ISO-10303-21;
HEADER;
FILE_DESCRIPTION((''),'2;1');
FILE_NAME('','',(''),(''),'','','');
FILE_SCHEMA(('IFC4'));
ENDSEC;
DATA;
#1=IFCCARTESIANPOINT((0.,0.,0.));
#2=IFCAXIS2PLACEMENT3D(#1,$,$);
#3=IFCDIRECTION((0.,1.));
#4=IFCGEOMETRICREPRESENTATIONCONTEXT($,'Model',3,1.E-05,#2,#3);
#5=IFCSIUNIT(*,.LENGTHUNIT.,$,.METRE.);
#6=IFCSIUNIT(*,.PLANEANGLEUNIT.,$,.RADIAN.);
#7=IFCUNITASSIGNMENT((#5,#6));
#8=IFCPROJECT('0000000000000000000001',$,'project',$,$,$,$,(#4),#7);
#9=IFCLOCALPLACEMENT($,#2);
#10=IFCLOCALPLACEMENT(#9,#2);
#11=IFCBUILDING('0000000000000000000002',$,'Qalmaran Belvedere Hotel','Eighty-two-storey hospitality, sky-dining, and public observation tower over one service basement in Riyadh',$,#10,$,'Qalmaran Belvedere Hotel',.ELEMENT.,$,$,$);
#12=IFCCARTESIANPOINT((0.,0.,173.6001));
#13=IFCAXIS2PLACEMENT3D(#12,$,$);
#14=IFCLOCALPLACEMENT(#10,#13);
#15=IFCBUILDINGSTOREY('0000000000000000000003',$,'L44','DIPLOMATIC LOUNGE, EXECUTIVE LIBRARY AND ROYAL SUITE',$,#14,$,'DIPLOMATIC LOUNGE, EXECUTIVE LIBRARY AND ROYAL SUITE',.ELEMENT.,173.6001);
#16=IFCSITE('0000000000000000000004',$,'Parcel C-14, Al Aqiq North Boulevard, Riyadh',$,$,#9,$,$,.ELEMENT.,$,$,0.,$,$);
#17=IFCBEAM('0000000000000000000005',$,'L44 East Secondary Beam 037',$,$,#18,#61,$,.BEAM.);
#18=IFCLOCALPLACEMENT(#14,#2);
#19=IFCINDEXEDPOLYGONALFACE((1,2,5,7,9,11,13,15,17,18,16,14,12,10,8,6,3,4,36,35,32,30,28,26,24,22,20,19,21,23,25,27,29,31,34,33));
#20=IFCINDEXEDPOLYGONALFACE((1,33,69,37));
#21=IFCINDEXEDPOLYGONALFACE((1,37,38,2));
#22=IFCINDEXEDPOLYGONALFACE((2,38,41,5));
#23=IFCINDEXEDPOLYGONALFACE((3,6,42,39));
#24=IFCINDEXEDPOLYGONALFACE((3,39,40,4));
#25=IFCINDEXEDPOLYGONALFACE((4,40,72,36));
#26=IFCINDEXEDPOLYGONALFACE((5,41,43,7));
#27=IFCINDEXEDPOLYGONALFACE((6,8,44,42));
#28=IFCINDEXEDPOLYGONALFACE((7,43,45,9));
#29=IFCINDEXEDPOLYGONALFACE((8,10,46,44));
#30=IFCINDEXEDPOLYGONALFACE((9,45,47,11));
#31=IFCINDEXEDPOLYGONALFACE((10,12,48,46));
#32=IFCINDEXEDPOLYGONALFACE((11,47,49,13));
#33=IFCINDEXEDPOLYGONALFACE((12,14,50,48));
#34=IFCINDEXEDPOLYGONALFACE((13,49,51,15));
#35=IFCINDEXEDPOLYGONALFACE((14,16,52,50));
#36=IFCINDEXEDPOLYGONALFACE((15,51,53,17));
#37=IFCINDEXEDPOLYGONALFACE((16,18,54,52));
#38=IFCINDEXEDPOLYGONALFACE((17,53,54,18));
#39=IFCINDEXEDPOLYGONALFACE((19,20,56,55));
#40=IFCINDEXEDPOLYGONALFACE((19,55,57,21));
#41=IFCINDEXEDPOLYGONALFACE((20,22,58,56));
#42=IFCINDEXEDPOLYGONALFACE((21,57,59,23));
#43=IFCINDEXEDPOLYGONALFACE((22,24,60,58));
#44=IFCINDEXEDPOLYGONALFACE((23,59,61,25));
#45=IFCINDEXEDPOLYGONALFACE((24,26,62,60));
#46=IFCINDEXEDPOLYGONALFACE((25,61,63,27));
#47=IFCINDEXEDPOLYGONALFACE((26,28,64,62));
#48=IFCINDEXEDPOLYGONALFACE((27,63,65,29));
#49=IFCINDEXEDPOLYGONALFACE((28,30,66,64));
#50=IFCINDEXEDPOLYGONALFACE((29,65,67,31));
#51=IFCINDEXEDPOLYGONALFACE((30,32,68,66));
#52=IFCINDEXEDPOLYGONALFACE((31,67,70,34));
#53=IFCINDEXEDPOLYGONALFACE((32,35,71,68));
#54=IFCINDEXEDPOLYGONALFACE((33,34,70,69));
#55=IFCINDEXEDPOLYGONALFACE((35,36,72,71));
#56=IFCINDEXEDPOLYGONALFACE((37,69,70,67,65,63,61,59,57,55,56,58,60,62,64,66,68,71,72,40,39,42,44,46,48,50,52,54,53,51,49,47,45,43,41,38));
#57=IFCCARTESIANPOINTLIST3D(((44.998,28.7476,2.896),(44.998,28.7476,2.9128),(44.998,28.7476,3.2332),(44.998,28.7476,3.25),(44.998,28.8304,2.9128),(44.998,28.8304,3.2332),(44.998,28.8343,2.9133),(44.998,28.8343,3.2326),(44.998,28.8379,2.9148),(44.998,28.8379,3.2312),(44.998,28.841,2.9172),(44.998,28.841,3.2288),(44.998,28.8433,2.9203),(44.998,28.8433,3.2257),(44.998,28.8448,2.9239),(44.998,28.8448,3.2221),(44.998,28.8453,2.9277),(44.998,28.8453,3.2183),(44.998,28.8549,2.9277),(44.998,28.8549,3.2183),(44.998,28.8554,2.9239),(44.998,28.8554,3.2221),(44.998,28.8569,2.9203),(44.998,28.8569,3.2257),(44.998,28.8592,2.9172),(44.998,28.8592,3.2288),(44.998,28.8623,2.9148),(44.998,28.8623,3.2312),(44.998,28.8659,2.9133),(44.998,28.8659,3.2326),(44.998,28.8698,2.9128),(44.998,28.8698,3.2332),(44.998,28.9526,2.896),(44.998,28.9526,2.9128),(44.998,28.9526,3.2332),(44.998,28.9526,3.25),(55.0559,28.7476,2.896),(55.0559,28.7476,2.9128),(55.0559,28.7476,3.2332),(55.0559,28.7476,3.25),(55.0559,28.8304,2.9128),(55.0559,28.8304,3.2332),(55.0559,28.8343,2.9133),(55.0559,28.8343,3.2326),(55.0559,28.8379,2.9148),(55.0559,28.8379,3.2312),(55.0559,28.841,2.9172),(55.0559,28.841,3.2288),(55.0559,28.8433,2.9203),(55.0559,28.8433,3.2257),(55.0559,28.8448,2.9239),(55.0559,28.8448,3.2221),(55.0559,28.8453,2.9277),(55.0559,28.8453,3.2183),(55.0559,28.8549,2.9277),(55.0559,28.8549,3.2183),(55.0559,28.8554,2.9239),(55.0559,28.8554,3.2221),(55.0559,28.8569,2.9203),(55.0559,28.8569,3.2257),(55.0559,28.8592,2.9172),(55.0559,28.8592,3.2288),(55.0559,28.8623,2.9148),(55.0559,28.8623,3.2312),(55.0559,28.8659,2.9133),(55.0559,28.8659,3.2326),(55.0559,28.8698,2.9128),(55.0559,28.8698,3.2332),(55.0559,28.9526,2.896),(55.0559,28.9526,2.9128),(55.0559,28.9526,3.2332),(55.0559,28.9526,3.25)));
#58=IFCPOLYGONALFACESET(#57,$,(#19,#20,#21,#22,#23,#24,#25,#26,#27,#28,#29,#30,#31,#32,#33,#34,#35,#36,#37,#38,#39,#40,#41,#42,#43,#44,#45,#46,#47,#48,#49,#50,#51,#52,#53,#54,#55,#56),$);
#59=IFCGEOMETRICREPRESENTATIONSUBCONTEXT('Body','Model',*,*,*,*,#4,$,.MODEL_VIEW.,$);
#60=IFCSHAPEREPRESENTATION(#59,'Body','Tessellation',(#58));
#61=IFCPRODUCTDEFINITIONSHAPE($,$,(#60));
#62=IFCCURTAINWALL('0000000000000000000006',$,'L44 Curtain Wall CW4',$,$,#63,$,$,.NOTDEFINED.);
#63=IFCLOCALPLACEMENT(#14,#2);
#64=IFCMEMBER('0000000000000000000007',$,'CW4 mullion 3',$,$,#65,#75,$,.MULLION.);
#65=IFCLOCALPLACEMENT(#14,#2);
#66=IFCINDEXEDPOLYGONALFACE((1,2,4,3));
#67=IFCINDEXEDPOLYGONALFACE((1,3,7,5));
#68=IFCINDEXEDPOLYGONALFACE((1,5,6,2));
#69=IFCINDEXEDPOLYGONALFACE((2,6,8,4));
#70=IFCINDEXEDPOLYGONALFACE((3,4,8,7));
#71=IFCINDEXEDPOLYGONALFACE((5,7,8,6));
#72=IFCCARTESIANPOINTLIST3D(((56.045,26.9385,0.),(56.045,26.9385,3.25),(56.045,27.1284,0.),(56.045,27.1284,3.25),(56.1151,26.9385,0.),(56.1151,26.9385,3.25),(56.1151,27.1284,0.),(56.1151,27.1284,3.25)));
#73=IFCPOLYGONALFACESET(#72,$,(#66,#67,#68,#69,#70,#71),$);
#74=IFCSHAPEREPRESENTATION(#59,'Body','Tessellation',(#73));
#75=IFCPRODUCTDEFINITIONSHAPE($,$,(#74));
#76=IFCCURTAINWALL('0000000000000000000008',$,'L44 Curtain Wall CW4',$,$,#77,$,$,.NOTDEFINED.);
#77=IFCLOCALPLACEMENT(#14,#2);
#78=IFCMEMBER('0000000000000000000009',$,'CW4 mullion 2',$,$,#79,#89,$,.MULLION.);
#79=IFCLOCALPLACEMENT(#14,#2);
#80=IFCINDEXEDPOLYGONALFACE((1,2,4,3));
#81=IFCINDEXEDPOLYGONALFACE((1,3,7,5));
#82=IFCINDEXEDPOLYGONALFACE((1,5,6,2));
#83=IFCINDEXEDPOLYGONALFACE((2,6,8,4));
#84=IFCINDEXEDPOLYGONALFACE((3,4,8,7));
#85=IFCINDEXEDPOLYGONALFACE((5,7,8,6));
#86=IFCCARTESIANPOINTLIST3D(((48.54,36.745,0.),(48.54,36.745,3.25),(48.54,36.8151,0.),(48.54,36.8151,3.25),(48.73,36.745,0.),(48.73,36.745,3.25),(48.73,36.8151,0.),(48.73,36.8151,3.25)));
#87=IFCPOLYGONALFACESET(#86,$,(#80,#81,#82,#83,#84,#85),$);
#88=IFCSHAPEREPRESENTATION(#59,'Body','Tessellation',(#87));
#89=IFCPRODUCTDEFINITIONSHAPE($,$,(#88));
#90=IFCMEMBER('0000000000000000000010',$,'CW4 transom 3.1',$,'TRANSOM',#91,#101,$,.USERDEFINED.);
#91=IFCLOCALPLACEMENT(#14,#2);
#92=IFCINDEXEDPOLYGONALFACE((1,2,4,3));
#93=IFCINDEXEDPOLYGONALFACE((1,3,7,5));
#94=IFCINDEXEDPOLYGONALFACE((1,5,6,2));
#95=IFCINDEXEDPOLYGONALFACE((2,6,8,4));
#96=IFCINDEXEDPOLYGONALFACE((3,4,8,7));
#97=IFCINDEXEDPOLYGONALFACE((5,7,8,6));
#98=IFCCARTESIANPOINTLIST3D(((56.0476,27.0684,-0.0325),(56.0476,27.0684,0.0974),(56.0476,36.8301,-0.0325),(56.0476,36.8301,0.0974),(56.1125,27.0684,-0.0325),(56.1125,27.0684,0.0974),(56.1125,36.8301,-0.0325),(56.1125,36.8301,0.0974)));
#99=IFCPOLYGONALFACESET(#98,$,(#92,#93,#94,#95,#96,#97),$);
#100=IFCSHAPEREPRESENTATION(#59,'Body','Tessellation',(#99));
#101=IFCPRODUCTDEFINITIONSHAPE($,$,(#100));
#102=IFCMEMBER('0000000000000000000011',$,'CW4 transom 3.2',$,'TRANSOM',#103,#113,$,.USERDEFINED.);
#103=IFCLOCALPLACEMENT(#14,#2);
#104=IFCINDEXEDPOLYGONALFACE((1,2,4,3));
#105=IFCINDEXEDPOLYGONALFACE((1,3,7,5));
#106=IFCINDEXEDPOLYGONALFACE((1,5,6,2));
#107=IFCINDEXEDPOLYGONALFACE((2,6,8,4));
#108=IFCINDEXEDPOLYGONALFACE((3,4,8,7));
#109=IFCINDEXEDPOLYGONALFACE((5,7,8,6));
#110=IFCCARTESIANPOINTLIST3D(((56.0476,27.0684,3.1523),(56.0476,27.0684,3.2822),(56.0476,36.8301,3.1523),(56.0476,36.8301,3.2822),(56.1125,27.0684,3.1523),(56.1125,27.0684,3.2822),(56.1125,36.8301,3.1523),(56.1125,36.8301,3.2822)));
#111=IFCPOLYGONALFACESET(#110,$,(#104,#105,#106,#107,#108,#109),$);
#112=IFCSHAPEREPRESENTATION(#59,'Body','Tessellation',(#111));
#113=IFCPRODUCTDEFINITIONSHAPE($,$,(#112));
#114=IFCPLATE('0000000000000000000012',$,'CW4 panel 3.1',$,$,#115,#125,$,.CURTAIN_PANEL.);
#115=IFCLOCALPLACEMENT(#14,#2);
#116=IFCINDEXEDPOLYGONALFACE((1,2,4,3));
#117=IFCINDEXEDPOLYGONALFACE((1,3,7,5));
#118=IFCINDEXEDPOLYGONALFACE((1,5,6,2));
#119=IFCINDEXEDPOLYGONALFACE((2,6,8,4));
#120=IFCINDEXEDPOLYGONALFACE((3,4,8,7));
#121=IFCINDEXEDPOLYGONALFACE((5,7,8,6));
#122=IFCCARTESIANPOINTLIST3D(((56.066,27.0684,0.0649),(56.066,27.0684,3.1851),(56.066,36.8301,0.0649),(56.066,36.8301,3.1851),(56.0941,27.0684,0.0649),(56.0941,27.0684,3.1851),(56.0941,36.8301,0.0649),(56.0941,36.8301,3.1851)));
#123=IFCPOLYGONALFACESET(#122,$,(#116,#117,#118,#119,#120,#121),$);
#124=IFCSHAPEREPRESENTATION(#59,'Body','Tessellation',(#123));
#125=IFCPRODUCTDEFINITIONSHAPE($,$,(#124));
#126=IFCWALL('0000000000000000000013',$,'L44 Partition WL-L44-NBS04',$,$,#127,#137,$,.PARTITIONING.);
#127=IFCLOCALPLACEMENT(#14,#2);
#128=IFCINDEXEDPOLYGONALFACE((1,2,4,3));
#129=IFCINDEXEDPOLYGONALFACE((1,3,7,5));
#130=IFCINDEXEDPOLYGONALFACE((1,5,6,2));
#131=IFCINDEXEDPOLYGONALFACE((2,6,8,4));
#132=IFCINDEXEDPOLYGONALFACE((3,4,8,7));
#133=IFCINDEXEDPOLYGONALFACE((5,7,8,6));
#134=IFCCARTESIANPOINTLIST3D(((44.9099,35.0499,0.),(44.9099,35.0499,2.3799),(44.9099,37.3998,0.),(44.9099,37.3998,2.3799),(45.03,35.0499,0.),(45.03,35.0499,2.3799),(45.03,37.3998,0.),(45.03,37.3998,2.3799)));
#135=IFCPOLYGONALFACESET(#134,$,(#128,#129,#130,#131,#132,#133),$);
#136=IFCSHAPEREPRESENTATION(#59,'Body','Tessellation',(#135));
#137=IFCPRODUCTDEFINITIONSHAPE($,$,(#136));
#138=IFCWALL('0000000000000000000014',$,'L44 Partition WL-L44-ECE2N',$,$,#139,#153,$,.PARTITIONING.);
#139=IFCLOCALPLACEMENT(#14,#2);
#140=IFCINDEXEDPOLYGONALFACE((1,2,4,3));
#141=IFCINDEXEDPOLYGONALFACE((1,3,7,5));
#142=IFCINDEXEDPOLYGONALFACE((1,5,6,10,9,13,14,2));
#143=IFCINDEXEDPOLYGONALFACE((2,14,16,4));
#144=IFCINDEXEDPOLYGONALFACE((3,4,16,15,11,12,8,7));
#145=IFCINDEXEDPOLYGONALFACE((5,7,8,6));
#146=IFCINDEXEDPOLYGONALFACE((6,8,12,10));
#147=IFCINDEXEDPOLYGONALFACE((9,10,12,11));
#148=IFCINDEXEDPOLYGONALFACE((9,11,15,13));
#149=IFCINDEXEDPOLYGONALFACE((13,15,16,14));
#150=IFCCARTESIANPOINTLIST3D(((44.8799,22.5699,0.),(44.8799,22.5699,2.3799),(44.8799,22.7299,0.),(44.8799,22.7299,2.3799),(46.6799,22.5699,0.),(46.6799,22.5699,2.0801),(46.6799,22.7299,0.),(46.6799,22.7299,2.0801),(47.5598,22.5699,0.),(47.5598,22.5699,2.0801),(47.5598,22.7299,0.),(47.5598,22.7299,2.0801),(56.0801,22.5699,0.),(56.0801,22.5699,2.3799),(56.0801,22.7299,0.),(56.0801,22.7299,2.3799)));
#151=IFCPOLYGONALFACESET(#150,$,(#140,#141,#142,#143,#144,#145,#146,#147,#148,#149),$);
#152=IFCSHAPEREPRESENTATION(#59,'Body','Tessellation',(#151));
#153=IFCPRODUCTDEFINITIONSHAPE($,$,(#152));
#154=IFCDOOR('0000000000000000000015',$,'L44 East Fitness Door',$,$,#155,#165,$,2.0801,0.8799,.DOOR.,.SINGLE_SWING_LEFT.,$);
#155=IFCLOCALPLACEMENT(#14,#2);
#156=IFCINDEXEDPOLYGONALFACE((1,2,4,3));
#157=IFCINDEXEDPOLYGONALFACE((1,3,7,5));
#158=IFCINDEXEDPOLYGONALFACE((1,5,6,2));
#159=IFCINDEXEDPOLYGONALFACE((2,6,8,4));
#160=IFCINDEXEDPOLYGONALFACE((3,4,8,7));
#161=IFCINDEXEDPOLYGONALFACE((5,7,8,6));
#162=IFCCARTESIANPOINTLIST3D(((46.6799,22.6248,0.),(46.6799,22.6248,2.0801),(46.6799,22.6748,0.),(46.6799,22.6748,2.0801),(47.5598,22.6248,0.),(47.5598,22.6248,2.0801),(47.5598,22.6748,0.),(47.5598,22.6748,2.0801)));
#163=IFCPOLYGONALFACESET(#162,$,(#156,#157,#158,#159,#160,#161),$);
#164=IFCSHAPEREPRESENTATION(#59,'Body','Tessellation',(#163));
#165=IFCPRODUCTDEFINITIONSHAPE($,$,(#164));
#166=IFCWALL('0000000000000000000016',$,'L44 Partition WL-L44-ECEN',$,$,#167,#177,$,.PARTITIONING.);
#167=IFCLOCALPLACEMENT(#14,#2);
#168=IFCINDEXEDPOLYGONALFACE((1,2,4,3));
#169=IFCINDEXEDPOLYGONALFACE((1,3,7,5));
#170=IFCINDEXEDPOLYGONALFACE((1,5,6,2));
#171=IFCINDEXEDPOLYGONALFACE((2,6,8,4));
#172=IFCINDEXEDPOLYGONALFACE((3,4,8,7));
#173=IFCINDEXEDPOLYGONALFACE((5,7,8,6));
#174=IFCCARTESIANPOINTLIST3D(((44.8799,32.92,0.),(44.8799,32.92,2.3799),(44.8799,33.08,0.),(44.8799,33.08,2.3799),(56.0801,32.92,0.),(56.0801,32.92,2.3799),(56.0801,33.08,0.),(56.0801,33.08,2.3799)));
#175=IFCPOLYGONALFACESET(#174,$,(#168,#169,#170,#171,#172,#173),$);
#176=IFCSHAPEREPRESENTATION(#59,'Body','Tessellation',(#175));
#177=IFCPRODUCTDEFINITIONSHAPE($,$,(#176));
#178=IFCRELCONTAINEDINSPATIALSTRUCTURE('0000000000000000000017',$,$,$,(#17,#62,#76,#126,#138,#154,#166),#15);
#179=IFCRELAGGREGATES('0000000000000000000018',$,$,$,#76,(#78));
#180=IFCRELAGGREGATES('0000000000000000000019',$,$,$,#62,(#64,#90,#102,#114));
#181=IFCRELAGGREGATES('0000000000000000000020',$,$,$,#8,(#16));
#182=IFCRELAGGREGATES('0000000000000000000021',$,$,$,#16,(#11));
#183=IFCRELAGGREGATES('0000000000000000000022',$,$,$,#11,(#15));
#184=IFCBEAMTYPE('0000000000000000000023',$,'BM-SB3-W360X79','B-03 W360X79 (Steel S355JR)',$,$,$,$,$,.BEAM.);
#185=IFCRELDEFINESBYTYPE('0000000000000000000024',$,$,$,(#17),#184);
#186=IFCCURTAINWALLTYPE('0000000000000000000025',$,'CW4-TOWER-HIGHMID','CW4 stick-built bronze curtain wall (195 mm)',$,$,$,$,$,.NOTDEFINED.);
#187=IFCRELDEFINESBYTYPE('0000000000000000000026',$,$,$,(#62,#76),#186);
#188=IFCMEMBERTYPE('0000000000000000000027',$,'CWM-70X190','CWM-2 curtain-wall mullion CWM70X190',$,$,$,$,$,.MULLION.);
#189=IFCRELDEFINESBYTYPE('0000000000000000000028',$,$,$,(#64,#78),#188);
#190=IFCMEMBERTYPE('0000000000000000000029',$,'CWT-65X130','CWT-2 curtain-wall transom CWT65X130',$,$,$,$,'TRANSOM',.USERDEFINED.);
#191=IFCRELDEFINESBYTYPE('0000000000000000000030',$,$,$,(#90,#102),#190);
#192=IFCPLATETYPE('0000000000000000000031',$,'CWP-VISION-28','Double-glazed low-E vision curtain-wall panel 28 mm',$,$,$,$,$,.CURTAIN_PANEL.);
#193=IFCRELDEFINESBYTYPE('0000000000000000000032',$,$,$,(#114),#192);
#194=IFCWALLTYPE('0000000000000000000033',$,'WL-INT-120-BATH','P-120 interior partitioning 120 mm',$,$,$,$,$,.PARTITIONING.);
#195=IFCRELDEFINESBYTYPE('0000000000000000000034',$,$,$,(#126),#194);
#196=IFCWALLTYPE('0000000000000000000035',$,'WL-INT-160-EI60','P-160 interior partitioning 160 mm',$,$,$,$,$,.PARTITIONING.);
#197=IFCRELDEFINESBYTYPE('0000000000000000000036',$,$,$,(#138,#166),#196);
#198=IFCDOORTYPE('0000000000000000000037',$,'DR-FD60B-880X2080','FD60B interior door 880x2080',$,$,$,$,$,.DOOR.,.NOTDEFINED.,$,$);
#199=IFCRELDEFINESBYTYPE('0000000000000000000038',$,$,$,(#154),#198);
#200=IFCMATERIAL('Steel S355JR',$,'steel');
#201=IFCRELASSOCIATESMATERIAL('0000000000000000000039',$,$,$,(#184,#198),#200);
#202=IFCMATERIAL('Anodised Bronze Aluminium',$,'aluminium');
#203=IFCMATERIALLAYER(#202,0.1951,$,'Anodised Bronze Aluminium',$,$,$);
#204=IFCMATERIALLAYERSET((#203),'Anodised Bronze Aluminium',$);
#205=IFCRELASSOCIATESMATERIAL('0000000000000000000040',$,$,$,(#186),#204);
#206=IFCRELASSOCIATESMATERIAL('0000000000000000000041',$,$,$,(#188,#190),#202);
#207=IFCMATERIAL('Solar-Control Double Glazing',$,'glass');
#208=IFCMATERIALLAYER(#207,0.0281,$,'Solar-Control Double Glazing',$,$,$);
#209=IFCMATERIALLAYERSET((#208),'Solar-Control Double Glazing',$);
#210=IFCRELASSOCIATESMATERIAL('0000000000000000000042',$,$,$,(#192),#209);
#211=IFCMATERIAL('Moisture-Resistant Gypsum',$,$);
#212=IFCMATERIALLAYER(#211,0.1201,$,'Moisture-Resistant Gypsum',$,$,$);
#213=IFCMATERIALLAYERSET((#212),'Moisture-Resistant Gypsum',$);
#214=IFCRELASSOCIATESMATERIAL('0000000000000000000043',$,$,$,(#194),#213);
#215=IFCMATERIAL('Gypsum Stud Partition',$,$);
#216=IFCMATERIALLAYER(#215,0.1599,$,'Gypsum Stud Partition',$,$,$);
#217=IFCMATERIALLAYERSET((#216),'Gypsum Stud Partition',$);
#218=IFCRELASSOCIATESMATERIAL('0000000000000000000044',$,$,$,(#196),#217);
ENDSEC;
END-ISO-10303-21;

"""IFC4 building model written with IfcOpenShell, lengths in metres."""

from ifc_helpers import new_model, si_unit, direction, frame, frame_2d, origin, origin_2d, place, context, subcontext, project, spatial, rectangle, i_section, extrude, material, layer, layer_set, material_profile, profile_set, type_object, element, fill, aggregate, save


model = new_model("IFC4")

# Units and contexts
model_context = context("Model", 3, precision=1e-05, world=origin(), true_north=direction((0.0, 1.0)))
body_context = subcontext(model_context, "Body", "Model", "MODEL_VIEW")
ifc_project = project(units=[si_unit("LENGTHUNIT", "METRE"), si_unit("PLANEANGLEUNIT", "RADIAN")], contexts=[model_context])

# Site, building, storey
site_placement = place(None, origin())
site = spatial("IfcSite", under=ifc_project, at=site_placement, Name="Parcel C-14, Al Aqiq North Boulevard, Riyadh", CompositionType="ELEMENT", RefElevation=0.0)
building_placement = place(site_placement, origin())
building = spatial("IfcBuilding", under=site, at=building_placement, Name="Qalmaran Belvedere Hotel", Description="Eighty-two-storey hospitality, sky-dining, and public observation tower over one service basement in Riyadh", LongName="Qalmaran Belvedere Hotel", CompositionType="ELEMENT")
storey_placement = place(building_placement, frame((0.0, 0.0, 173.6001)))
storey = spatial("IfcBuildingStorey", under=building, at=storey_placement, Name="L44", Description="DIPLOMATIC LOUNGE, EXECUTIVE LIBRARY AND ROYAL SUITE", LongName="DIPLOMATIC LOUNGE, EXECUTIVE LIBRARY AND ROYAL SUITE", CompositionType="ELEMENT", Elevation=173.6001)

# Beam
ifc_material_1 = material(Name="Steel S355JR", Category="steel")
ifc_material_profile_1 = material_profile(ifc_material_1, i_section(OverallWidth=0.2051, OverallDepth=0.354, WebThickness=0.0095, FlangeThickness=0.0168, FilletRadius=0.0149, at=origin_2d()), Name="W360X79")
ifc_profile_set_1 = profile_set([ifc_material_profile_1], Name="Steel S355JR")
beam_type_1 = type_object("IfcBeamType", Name="BM-SB3-W360X79", Description="B-03 W360X79 (Steel S355JR)", PredefinedType="BEAM", material=ifc_profile_set_1)
for number, where, z_axis, x_axis, name in (
    (1, (44.998, 28.8501, 3.073), (1.0, 0.0, 0.0), (0.0, 1.0, 0.0), "L44 East Secondary Beam 037"),
):
    element("IfcBeam", number, at=place(storey_placement, frame(where, z_axis=z_axis, x_axis=x_axis)), inside=storey, type_object=beam_type_1, Name=name, PredefinedType="BEAM", context=body_context, shape_type="SweptSolid", body=[
        extrude(i_section(OverallWidth=0.2051, OverallDepth=0.354, WebThickness=0.0095, FlangeThickness=0.0168, FilletRadius=0.0149, at=origin_2d()), origin(), (0.0, 0.0, 1.0), 10.0579),
    ])

# Curtain walls, members
ifc_material_2 = material(Name="Anodised Bronze Aluminium", Category="aluminium")
ifc_layer_1 = layer(ifc_material_2, 0.1951, Name="Anodised Bronze Aluminium")
ifc_layer_set_1 = layer_set([ifc_layer_1], Name="Anodised Bronze Aluminium")
curtain_wall_type = type_object("IfcCurtainWallType", Name="CW4-TOWER-HIGHMID", Description="CW4 stick-built bronze curtain wall (195 mm)", PredefinedType="NOTDEFINED", material=ifc_layer_set_1)
curtain_wall_1_placement = place(storey_placement, origin())
curtain_wall_1 = element("IfcCurtainWall", 2, at=curtain_wall_1_placement, inside=storey, type_object=curtain_wall_type, Name="L44 Curtain Wall CW4", PredefinedType="NOTDEFINED")
ifc_material_profile_2 = material_profile(ifc_material_2, rectangle(XDim=0.0701, YDim=0.1899, at=origin_2d()), Name="CWM70X190")
ifc_profile_set_2 = profile_set([ifc_material_profile_2], Name="Anodised Bronze Aluminium")
member_type_1 = type_object("IfcMemberType", Name="CWM-70X190", Description="CWM-2 curtain-wall mullion CWM70X190", PredefinedType="MULLION", material=ifc_profile_set_2)
member_1_placement = place(storey_placement, frame((56.0801, 27.0334, 0.0), z_axis=(0.0, 0.0, 1.0), x_axis=(-1.0, 0.0, 0.0)))
member_1 = element("IfcMember", 3, at=member_1_placement, type_object=member_type_1, Name="CW4 mullion 3", PredefinedType="MULLION", context=body_context, shape_type="SweptSolid", body=[
    extrude(rectangle(XDim=0.0701, YDim=0.1899, at=origin_2d()), origin(), (0.0, 0.0, 1.0), 3.25),
])
curtain_wall_2_placement = place(storey_placement, origin())
curtain_wall_2 = element("IfcCurtainWall", 4, at=curtain_wall_2_placement, inside=storey, type_object=curtain_wall_type, Name="L44 Curtain Wall CW4", PredefinedType="NOTDEFINED")
member_2_placement = place(storey_placement, frame((48.635, 36.78, 0.0), z_axis=(0.0, 0.0, 1.0), x_axis=(0.0, -1.0, 0.0)))
member_2 = element("IfcMember", 5, at=member_2_placement, type_object=member_type_1, Name="CW4 mullion 2", PredefinedType="MULLION", context=body_context, shape_type="SweptSolid", body=[
    extrude(rectangle(XDim=0.0701, YDim=0.1899, at=origin_2d()), origin(), (0.0, 0.0, 1.0), 3.25),
])
aggregate(curtain_wall_2, [member_2])

# Members
ifc_material_profile_3 = material_profile(ifc_material_2, rectangle(XDim=0.0649, YDim=0.1299, at=origin_2d()), Name="CWT65X130")
ifc_profile_set_3 = profile_set([ifc_material_profile_3], Name="Anodised Bronze Aluminium")
member_type_2 = type_object("IfcMemberType", Name="CWT-65X130", Description="CWT-2 curtain-wall transom CWT65X130", ElementType="TRANSOM", PredefinedType="USERDEFINED", material=ifc_profile_set_3)
member_3_placement = place(storey_placement, frame((56.0801, 27.0684, 0.0325), z_axis=(0.0, 1.0, 0.0), x_axis=(-1.0, 0.0, 0.0)))
member_3 = element("IfcMember", 6, at=member_3_placement, type_object=member_type_2, Name="CW4 transom 3.1", ObjectType="TRANSOM", PredefinedType="USERDEFINED", context=body_context, shape_type="SweptSolid", body=[
    extrude(rectangle(XDim=0.0649, YDim=0.1299, at=origin_2d()), origin(), (0.0, 0.0, 1.0), 9.7617),
])
member_4_placement = place(storey_placement, frame((56.0801, 27.0684, 3.2173), z_axis=(0.0, 1.0, 0.0), x_axis=(-1.0, 0.0, 0.0)))
member_4 = element("IfcMember", 7, at=member_4_placement, type_object=member_type_2, Name="CW4 transom 3.2", ObjectType="TRANSOM", PredefinedType="USERDEFINED", context=body_context, shape_type="SweptSolid", body=[
    extrude(rectangle(XDim=0.0649, YDim=0.1299, at=origin_2d()), origin(), (0.0, 0.0, 1.0), 9.7617),
])

# Plate
ifc_material_3 = material(Name="Solar-Control Double Glazing", Category="glass")
ifc_layer_2 = layer(ifc_material_3, 0.0281, Name="Solar-Control Double Glazing")
ifc_layer_set_2 = layer_set([ifc_layer_2], Name="Solar-Control Double Glazing")
plate_type = type_object("IfcPlateType", Name="CWP-VISION-28", Description="Double-glazed low-E vision curtain-wall panel 28 mm", PredefinedType="CURTAIN_PANEL", material=ifc_layer_set_2)
plate_placement = place(storey_placement, frame((56.0801, 31.9492, 0.0649), z_axis=(0.0, 0.0, 1.0), x_axis=(0.0, 1.0, 0.0)))
plate = element("IfcPlate", 8, at=plate_placement, type_object=plate_type, Name="CW4 panel 3.1", PredefinedType="CURTAIN_PANEL", context=body_context, shape_type="SweptSolid", body=[
    extrude(rectangle(XDim=9.7617, YDim=0.0281, at=origin_2d()), origin(), (0.0, 0.0, 1.0), 3.1201),
])
aggregate(curtain_wall_1, [member_1, member_3, member_4, plate])

# Wall
ifc_material_4 = material(Name="Moisture-Resistant Gypsum")
ifc_layer_3 = layer(ifc_material_4, 0.1201, Name="Moisture-Resistant Gypsum")
ifc_layer_set_3 = layer_set([ifc_layer_3], Name="Moisture-Resistant Gypsum")
wall_type_1 = type_object("IfcWallType", Name="WL-INT-120-BATH", Description="P-120 interior partitioning 120 mm", PredefinedType="PARTITIONING", material=ifc_layer_set_3)
wall_1_placement = place(storey_placement, frame((44.97, 35.05, 0.0), z_axis=(0.0, 0.0, 1.0), x_axis=(0.0, 1.0, 0.0)))
element("IfcWall", 9, at=wall_1_placement, inside=storey, type_object=wall_type_1, Name="L44 Partition WL-L44-NBS04", PredefinedType="PARTITIONING", context=body_context, shape_type="SweptSolid", body=[
    extrude(rectangle(XDim=2.3499, YDim=0.1201, at=frame_2d((1.1748, 0.0))), origin(), (0.0, 0.0, 1.0), 2.3799),
])

# Wall, opening, door
ifc_material_5 = material(Name="Gypsum Stud Partition")
ifc_layer_4 = layer(ifc_material_5, 0.1599, Name="Gypsum Stud Partition")
ifc_layer_set_4 = layer_set([ifc_layer_4], Name="Gypsum Stud Partition")
wall_type_2 = type_object("IfcWallType", Name="WL-INT-160-EI60", Description="P-160 interior partitioning 160 mm", PredefinedType="PARTITIONING", material=ifc_layer_set_4)
wall_2_placement = place(storey_placement, frame((44.8799, 22.6499, 0.0), z_axis=(0.0, 0.0, 1.0), x_axis=(1.0, 0.0, 0.0)))
wall_2 = element("IfcWall", 10, at=wall_2_placement, inside=storey, type_object=wall_type_2, Name="L44 Partition WL-L44-ECE2N", PredefinedType="PARTITIONING", context=body_context, shape_type="SweptSolid", body=[
    extrude(rectangle(XDim=11.2002, YDim=0.1599, at=frame_2d((5.6001, 0.0))), origin(), (0.0, 0.0, 1.0), 2.3799),
])
opening_1_placement = place(wall_2_placement, frame((1.8, 0.0, 0.0)))
opening_1 = element("IfcOpeningElement", 11, at=opening_1_placement, cuts=wall_2, PredefinedType="OPENING", context=body_context, shape_type="SweptSolid", body=[
    extrude(rectangle(XDim=0.8799, YDim=2.0801, at=frame_2d((0.4399, 1.04))), frame((0.0, 0.0898, 0.0), z_axis=(0.0, -1.0, 0.0), x_axis=(1.0, 0.0, 0.0)), (0.0, 0.0, 1.0), 0.1799),
])
door_type_1 = type_object("IfcDoorType", Name="DR-FD60B-880X2080", Description="FD60B interior door 880x2080", OperationType="NOTDEFINED", PredefinedType="DOOR", material=ifc_material_1)
door_1_placement = place(opening_1_placement, origin())
door_1 = element("IfcDoor", 12, at=door_1_placement, inside=storey, type_object=door_type_1, Name="L44 East Fitness Door", OperationType="SINGLE_SWING_LEFT", OverallHeight=2.0801, OverallWidth=0.8799, PredefinedType="DOOR", context=body_context, shape_type="SweptSolid", body=[
    extrude(rectangle(XDim=0.8799, YDim=2.0801, at=frame_2d((0.4399, 1.04))), frame((0.0, 0.0249, 0.0), z_axis=(0.0, -1.0, 0.0), x_axis=(1.0, 0.0, 0.0)), (0.0, 0.0, 1.0), 0.05),
])
fill(opening_1, door_1)

# Wall
wall_3_placement = place(storey_placement, frame((44.8799, 33.0, 0.0), z_axis=(0.0, 0.0, 1.0), x_axis=(1.0, 0.0, 0.0)))
element("IfcWall", 13, at=wall_3_placement, inside=storey, type_object=wall_type_2, Name="L44 Partition WL-L44-ECEN", PredefinedType="PARTITIONING", context=body_context, shape_type="SweptSolid", body=[
    extrude(rectangle(XDim=11.2002, YDim=0.1599, at=frame_2d((5.6001, 0.0))), origin(), (0.0, 0.0, 1.0), 2.3799),
])

save(model, "model.ifc")
